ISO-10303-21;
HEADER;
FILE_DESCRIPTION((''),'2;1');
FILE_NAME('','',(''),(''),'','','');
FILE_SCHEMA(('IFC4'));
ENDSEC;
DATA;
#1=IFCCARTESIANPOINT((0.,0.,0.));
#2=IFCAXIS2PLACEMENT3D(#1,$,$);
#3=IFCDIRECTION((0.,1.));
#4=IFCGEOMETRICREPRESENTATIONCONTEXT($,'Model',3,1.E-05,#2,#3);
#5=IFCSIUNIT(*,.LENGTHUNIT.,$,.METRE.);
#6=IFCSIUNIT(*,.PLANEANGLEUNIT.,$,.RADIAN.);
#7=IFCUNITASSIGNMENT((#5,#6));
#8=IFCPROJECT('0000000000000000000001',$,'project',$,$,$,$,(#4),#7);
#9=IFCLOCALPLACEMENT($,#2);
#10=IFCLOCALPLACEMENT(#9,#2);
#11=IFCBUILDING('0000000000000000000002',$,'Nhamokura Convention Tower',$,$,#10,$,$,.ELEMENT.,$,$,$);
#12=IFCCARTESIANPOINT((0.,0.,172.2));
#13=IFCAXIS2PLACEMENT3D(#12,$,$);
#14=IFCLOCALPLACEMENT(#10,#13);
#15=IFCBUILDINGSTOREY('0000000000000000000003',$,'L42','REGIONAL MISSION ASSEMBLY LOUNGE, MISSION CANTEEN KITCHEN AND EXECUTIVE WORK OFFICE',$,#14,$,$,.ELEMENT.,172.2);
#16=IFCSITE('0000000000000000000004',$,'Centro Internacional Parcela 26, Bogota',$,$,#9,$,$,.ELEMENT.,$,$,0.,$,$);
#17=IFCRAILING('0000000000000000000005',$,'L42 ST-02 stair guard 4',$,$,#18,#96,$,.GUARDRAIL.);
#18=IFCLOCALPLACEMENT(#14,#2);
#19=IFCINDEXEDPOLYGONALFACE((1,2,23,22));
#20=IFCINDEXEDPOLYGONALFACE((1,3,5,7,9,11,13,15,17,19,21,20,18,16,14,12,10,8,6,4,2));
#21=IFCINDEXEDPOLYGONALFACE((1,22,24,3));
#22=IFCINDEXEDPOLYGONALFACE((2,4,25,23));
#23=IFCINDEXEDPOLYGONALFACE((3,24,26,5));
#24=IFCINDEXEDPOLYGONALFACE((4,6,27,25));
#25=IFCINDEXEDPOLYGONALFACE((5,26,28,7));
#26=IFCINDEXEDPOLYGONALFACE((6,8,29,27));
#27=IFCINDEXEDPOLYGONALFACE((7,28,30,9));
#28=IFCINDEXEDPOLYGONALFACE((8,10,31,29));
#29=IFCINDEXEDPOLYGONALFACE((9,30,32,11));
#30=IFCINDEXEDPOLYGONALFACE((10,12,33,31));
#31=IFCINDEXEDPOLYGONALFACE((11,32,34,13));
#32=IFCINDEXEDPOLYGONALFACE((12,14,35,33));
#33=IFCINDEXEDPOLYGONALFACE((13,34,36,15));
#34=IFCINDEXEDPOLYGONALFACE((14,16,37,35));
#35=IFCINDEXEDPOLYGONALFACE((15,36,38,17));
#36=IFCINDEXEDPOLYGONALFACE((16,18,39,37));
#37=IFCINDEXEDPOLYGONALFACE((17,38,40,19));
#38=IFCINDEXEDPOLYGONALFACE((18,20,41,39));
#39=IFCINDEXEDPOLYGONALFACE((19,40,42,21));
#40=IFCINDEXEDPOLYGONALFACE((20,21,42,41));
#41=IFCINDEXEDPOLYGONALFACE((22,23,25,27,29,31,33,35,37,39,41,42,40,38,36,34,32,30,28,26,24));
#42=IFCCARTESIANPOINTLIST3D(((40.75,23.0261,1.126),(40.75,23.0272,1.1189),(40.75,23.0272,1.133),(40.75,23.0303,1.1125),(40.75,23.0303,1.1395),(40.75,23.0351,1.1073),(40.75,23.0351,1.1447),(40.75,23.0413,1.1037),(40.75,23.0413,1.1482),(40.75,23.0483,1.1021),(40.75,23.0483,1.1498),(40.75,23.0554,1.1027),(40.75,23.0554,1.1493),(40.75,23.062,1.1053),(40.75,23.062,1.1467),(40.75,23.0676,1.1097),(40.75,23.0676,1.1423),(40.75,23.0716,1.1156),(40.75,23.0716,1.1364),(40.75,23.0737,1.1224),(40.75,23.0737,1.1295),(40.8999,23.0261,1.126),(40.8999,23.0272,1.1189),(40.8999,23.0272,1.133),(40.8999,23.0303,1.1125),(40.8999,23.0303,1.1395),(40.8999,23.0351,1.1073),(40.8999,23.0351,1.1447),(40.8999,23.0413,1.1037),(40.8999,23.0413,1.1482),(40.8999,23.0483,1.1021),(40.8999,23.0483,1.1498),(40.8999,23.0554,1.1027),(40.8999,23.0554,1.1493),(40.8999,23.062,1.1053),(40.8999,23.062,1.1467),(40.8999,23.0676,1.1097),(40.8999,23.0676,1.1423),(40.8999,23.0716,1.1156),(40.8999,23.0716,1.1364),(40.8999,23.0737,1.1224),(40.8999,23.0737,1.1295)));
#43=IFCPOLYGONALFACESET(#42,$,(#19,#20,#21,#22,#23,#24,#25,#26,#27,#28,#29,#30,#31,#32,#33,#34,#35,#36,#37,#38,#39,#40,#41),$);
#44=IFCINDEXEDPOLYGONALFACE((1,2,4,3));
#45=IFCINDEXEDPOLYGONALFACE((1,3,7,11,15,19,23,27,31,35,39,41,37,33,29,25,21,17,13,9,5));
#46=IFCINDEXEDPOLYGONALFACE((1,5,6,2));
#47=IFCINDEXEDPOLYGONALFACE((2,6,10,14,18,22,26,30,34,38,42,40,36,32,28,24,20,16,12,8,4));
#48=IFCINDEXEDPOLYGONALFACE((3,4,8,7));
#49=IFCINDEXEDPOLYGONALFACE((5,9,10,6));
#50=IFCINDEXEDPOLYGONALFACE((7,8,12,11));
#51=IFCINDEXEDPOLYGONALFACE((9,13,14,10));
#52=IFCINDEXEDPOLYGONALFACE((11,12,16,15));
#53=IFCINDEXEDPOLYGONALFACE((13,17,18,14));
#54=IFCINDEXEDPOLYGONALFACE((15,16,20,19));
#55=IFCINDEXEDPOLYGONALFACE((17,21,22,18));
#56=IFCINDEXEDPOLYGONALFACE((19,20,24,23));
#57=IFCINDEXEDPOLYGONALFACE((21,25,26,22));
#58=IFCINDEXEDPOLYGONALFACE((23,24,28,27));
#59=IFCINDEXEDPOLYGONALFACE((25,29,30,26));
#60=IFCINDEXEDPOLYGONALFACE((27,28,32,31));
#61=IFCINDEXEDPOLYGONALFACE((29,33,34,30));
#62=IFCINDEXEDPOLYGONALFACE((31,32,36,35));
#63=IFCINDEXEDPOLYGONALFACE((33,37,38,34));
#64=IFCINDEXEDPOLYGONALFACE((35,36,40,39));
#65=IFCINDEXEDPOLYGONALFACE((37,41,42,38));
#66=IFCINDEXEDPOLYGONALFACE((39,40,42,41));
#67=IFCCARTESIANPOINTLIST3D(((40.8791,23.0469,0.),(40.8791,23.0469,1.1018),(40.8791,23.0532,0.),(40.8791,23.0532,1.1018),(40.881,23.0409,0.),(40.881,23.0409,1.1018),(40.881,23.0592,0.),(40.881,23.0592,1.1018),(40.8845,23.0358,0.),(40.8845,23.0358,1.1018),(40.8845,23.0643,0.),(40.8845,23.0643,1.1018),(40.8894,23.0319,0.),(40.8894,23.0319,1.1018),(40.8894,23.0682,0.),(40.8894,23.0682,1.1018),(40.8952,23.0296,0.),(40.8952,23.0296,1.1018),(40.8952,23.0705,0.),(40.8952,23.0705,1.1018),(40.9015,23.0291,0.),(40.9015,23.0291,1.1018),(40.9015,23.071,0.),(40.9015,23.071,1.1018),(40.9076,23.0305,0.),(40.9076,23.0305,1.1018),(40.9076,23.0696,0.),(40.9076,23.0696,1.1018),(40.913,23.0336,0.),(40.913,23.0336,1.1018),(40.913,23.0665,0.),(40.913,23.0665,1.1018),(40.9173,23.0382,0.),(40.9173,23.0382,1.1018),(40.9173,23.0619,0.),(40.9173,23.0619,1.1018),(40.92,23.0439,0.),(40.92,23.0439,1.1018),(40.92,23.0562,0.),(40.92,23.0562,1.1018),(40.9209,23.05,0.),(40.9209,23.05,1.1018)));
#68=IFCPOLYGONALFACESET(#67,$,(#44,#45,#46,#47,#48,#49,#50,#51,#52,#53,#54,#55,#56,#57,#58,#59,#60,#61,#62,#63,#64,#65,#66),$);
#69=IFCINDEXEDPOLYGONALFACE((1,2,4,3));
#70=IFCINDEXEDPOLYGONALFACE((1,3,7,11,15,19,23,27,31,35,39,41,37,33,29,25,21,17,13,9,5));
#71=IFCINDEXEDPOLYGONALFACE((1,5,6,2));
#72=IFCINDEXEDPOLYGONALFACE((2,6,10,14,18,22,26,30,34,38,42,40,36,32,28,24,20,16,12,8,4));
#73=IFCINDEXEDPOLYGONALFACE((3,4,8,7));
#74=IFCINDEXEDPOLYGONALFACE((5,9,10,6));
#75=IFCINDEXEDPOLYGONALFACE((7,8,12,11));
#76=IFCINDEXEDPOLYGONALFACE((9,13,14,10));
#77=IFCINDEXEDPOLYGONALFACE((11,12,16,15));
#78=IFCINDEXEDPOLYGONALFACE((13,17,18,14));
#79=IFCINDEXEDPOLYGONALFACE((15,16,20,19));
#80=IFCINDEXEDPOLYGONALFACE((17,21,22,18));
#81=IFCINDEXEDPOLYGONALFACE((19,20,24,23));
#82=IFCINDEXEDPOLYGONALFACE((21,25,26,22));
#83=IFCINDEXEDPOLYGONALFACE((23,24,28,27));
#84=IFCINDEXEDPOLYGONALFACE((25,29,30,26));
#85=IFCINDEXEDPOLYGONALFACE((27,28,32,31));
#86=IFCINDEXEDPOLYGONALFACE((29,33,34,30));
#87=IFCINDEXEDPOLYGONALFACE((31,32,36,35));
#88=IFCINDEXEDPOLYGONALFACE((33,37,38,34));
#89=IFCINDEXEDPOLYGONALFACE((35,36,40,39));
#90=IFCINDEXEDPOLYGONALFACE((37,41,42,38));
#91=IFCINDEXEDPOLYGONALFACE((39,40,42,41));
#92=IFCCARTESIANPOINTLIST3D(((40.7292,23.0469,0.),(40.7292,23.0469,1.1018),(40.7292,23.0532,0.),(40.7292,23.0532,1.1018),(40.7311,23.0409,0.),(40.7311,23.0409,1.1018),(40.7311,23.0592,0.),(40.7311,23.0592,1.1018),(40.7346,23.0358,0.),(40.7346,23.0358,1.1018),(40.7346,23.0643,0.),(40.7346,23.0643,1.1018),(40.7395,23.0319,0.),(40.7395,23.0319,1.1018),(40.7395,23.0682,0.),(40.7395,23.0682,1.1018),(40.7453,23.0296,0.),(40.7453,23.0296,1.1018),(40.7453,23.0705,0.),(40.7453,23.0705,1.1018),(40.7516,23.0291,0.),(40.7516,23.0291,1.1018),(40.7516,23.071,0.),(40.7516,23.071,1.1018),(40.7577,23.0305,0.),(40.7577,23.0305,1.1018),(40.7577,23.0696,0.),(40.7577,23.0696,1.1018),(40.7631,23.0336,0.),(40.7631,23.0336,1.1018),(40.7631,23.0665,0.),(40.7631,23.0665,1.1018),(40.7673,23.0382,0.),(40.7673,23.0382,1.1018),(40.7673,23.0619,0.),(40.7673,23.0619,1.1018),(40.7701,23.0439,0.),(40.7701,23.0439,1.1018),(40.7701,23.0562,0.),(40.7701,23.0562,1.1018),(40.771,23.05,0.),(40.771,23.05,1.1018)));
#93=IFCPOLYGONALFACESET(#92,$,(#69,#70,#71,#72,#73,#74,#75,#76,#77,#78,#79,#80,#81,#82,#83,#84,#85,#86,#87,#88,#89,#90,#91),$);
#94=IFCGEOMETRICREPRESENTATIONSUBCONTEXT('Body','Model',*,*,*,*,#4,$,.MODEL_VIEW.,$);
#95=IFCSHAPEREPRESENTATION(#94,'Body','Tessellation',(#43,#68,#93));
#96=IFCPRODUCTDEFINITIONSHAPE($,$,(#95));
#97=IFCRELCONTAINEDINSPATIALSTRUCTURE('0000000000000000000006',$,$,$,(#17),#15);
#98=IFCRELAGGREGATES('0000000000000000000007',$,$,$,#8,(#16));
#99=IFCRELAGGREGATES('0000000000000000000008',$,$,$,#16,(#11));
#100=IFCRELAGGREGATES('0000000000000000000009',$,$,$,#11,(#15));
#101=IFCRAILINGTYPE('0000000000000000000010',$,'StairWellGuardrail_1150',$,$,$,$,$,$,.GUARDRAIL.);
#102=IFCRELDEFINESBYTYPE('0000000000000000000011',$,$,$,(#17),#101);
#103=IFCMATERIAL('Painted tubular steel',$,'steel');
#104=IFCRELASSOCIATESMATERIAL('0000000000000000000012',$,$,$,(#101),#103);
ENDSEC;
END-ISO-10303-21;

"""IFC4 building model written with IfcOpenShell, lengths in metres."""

from ifc_helpers import new_model, si_unit, direction, frame, origin, origin_2d, place, context, subcontext, project, spatial, circle, extrude, material, type_object, element, save


model = new_model("IFC4")

# Units and contexts
model_context = context("Model", 3, precision=1e-05, world=origin(), true_north=direction((0.0, 1.0)))
body_context = subcontext(model_context, "Body", "Model", "MODEL_VIEW")
ifc_project = project(units=[si_unit("LENGTHUNIT", "METRE"), si_unit("PLANEANGLEUNIT", "RADIAN")], contexts=[model_context])

# Site, building, storey
site_placement = place(None, origin())
site = spatial("IfcSite", under=ifc_project, at=site_placement, Name="Centro Internacional Parcela 26, Bogota", CompositionType="ELEMENT", RefElevation=0.0)
building_placement = place(site_placement, origin())
building = spatial("IfcBuilding", under=site, at=building_placement, Name="Nhamokura Convention Tower", CompositionType="ELEMENT")
storey_placement = place(building_placement, frame((0.0, 0.0, 172.2)))
storey = spatial("IfcBuildingStorey", under=building, at=storey_placement, Name="L42", Description="REGIONAL MISSION ASSEMBLY LOUNGE, MISSION CANTEEN KITCHEN AND EXECUTIVE WORK OFFICE", CompositionType="ELEMENT", Elevation=172.2)

# Railing
ifc_material_1 = material(Name="Painted tubular steel", Category="steel")
railing_type_1 = type_object("IfcRailingType", Name="StairWellGuardrail_1150", PredefinedType="GUARDRAIL", material=ifc_material_1)
railing_1_placement = place(storey_placement, frame((40.8999, 23.05, 0.0)))
element("IfcRailing", 1, at=railing_1_placement, inside=storey, type_object=railing_type_1, Name="L42 ST-02 stair guard 4", PredefinedType="GUARDRAIL", context=body_context, shape_type="SweptSolid", body=[
    extrude(circle(Radius=0.0239, at=origin_2d()), frame((0.0, 0.0, 1.126), z_axis=(-1.0, 0.0, 0.0), x_axis=(0.0, -1.0, 0.0)), (0.0, 0.0, 1.0), 0.1499),
    extrude(circle(Radius=0.021, at=origin_2d()), origin(), (0.0, 0.0, 1.0), 1.1018),
    extrude(circle(Radius=0.021, at=origin_2d()), frame((-0.1499, 0.0, 0.0)), (0.0, 0.0, 1.0), 1.1018),
])

save(model, "model.ifc")
